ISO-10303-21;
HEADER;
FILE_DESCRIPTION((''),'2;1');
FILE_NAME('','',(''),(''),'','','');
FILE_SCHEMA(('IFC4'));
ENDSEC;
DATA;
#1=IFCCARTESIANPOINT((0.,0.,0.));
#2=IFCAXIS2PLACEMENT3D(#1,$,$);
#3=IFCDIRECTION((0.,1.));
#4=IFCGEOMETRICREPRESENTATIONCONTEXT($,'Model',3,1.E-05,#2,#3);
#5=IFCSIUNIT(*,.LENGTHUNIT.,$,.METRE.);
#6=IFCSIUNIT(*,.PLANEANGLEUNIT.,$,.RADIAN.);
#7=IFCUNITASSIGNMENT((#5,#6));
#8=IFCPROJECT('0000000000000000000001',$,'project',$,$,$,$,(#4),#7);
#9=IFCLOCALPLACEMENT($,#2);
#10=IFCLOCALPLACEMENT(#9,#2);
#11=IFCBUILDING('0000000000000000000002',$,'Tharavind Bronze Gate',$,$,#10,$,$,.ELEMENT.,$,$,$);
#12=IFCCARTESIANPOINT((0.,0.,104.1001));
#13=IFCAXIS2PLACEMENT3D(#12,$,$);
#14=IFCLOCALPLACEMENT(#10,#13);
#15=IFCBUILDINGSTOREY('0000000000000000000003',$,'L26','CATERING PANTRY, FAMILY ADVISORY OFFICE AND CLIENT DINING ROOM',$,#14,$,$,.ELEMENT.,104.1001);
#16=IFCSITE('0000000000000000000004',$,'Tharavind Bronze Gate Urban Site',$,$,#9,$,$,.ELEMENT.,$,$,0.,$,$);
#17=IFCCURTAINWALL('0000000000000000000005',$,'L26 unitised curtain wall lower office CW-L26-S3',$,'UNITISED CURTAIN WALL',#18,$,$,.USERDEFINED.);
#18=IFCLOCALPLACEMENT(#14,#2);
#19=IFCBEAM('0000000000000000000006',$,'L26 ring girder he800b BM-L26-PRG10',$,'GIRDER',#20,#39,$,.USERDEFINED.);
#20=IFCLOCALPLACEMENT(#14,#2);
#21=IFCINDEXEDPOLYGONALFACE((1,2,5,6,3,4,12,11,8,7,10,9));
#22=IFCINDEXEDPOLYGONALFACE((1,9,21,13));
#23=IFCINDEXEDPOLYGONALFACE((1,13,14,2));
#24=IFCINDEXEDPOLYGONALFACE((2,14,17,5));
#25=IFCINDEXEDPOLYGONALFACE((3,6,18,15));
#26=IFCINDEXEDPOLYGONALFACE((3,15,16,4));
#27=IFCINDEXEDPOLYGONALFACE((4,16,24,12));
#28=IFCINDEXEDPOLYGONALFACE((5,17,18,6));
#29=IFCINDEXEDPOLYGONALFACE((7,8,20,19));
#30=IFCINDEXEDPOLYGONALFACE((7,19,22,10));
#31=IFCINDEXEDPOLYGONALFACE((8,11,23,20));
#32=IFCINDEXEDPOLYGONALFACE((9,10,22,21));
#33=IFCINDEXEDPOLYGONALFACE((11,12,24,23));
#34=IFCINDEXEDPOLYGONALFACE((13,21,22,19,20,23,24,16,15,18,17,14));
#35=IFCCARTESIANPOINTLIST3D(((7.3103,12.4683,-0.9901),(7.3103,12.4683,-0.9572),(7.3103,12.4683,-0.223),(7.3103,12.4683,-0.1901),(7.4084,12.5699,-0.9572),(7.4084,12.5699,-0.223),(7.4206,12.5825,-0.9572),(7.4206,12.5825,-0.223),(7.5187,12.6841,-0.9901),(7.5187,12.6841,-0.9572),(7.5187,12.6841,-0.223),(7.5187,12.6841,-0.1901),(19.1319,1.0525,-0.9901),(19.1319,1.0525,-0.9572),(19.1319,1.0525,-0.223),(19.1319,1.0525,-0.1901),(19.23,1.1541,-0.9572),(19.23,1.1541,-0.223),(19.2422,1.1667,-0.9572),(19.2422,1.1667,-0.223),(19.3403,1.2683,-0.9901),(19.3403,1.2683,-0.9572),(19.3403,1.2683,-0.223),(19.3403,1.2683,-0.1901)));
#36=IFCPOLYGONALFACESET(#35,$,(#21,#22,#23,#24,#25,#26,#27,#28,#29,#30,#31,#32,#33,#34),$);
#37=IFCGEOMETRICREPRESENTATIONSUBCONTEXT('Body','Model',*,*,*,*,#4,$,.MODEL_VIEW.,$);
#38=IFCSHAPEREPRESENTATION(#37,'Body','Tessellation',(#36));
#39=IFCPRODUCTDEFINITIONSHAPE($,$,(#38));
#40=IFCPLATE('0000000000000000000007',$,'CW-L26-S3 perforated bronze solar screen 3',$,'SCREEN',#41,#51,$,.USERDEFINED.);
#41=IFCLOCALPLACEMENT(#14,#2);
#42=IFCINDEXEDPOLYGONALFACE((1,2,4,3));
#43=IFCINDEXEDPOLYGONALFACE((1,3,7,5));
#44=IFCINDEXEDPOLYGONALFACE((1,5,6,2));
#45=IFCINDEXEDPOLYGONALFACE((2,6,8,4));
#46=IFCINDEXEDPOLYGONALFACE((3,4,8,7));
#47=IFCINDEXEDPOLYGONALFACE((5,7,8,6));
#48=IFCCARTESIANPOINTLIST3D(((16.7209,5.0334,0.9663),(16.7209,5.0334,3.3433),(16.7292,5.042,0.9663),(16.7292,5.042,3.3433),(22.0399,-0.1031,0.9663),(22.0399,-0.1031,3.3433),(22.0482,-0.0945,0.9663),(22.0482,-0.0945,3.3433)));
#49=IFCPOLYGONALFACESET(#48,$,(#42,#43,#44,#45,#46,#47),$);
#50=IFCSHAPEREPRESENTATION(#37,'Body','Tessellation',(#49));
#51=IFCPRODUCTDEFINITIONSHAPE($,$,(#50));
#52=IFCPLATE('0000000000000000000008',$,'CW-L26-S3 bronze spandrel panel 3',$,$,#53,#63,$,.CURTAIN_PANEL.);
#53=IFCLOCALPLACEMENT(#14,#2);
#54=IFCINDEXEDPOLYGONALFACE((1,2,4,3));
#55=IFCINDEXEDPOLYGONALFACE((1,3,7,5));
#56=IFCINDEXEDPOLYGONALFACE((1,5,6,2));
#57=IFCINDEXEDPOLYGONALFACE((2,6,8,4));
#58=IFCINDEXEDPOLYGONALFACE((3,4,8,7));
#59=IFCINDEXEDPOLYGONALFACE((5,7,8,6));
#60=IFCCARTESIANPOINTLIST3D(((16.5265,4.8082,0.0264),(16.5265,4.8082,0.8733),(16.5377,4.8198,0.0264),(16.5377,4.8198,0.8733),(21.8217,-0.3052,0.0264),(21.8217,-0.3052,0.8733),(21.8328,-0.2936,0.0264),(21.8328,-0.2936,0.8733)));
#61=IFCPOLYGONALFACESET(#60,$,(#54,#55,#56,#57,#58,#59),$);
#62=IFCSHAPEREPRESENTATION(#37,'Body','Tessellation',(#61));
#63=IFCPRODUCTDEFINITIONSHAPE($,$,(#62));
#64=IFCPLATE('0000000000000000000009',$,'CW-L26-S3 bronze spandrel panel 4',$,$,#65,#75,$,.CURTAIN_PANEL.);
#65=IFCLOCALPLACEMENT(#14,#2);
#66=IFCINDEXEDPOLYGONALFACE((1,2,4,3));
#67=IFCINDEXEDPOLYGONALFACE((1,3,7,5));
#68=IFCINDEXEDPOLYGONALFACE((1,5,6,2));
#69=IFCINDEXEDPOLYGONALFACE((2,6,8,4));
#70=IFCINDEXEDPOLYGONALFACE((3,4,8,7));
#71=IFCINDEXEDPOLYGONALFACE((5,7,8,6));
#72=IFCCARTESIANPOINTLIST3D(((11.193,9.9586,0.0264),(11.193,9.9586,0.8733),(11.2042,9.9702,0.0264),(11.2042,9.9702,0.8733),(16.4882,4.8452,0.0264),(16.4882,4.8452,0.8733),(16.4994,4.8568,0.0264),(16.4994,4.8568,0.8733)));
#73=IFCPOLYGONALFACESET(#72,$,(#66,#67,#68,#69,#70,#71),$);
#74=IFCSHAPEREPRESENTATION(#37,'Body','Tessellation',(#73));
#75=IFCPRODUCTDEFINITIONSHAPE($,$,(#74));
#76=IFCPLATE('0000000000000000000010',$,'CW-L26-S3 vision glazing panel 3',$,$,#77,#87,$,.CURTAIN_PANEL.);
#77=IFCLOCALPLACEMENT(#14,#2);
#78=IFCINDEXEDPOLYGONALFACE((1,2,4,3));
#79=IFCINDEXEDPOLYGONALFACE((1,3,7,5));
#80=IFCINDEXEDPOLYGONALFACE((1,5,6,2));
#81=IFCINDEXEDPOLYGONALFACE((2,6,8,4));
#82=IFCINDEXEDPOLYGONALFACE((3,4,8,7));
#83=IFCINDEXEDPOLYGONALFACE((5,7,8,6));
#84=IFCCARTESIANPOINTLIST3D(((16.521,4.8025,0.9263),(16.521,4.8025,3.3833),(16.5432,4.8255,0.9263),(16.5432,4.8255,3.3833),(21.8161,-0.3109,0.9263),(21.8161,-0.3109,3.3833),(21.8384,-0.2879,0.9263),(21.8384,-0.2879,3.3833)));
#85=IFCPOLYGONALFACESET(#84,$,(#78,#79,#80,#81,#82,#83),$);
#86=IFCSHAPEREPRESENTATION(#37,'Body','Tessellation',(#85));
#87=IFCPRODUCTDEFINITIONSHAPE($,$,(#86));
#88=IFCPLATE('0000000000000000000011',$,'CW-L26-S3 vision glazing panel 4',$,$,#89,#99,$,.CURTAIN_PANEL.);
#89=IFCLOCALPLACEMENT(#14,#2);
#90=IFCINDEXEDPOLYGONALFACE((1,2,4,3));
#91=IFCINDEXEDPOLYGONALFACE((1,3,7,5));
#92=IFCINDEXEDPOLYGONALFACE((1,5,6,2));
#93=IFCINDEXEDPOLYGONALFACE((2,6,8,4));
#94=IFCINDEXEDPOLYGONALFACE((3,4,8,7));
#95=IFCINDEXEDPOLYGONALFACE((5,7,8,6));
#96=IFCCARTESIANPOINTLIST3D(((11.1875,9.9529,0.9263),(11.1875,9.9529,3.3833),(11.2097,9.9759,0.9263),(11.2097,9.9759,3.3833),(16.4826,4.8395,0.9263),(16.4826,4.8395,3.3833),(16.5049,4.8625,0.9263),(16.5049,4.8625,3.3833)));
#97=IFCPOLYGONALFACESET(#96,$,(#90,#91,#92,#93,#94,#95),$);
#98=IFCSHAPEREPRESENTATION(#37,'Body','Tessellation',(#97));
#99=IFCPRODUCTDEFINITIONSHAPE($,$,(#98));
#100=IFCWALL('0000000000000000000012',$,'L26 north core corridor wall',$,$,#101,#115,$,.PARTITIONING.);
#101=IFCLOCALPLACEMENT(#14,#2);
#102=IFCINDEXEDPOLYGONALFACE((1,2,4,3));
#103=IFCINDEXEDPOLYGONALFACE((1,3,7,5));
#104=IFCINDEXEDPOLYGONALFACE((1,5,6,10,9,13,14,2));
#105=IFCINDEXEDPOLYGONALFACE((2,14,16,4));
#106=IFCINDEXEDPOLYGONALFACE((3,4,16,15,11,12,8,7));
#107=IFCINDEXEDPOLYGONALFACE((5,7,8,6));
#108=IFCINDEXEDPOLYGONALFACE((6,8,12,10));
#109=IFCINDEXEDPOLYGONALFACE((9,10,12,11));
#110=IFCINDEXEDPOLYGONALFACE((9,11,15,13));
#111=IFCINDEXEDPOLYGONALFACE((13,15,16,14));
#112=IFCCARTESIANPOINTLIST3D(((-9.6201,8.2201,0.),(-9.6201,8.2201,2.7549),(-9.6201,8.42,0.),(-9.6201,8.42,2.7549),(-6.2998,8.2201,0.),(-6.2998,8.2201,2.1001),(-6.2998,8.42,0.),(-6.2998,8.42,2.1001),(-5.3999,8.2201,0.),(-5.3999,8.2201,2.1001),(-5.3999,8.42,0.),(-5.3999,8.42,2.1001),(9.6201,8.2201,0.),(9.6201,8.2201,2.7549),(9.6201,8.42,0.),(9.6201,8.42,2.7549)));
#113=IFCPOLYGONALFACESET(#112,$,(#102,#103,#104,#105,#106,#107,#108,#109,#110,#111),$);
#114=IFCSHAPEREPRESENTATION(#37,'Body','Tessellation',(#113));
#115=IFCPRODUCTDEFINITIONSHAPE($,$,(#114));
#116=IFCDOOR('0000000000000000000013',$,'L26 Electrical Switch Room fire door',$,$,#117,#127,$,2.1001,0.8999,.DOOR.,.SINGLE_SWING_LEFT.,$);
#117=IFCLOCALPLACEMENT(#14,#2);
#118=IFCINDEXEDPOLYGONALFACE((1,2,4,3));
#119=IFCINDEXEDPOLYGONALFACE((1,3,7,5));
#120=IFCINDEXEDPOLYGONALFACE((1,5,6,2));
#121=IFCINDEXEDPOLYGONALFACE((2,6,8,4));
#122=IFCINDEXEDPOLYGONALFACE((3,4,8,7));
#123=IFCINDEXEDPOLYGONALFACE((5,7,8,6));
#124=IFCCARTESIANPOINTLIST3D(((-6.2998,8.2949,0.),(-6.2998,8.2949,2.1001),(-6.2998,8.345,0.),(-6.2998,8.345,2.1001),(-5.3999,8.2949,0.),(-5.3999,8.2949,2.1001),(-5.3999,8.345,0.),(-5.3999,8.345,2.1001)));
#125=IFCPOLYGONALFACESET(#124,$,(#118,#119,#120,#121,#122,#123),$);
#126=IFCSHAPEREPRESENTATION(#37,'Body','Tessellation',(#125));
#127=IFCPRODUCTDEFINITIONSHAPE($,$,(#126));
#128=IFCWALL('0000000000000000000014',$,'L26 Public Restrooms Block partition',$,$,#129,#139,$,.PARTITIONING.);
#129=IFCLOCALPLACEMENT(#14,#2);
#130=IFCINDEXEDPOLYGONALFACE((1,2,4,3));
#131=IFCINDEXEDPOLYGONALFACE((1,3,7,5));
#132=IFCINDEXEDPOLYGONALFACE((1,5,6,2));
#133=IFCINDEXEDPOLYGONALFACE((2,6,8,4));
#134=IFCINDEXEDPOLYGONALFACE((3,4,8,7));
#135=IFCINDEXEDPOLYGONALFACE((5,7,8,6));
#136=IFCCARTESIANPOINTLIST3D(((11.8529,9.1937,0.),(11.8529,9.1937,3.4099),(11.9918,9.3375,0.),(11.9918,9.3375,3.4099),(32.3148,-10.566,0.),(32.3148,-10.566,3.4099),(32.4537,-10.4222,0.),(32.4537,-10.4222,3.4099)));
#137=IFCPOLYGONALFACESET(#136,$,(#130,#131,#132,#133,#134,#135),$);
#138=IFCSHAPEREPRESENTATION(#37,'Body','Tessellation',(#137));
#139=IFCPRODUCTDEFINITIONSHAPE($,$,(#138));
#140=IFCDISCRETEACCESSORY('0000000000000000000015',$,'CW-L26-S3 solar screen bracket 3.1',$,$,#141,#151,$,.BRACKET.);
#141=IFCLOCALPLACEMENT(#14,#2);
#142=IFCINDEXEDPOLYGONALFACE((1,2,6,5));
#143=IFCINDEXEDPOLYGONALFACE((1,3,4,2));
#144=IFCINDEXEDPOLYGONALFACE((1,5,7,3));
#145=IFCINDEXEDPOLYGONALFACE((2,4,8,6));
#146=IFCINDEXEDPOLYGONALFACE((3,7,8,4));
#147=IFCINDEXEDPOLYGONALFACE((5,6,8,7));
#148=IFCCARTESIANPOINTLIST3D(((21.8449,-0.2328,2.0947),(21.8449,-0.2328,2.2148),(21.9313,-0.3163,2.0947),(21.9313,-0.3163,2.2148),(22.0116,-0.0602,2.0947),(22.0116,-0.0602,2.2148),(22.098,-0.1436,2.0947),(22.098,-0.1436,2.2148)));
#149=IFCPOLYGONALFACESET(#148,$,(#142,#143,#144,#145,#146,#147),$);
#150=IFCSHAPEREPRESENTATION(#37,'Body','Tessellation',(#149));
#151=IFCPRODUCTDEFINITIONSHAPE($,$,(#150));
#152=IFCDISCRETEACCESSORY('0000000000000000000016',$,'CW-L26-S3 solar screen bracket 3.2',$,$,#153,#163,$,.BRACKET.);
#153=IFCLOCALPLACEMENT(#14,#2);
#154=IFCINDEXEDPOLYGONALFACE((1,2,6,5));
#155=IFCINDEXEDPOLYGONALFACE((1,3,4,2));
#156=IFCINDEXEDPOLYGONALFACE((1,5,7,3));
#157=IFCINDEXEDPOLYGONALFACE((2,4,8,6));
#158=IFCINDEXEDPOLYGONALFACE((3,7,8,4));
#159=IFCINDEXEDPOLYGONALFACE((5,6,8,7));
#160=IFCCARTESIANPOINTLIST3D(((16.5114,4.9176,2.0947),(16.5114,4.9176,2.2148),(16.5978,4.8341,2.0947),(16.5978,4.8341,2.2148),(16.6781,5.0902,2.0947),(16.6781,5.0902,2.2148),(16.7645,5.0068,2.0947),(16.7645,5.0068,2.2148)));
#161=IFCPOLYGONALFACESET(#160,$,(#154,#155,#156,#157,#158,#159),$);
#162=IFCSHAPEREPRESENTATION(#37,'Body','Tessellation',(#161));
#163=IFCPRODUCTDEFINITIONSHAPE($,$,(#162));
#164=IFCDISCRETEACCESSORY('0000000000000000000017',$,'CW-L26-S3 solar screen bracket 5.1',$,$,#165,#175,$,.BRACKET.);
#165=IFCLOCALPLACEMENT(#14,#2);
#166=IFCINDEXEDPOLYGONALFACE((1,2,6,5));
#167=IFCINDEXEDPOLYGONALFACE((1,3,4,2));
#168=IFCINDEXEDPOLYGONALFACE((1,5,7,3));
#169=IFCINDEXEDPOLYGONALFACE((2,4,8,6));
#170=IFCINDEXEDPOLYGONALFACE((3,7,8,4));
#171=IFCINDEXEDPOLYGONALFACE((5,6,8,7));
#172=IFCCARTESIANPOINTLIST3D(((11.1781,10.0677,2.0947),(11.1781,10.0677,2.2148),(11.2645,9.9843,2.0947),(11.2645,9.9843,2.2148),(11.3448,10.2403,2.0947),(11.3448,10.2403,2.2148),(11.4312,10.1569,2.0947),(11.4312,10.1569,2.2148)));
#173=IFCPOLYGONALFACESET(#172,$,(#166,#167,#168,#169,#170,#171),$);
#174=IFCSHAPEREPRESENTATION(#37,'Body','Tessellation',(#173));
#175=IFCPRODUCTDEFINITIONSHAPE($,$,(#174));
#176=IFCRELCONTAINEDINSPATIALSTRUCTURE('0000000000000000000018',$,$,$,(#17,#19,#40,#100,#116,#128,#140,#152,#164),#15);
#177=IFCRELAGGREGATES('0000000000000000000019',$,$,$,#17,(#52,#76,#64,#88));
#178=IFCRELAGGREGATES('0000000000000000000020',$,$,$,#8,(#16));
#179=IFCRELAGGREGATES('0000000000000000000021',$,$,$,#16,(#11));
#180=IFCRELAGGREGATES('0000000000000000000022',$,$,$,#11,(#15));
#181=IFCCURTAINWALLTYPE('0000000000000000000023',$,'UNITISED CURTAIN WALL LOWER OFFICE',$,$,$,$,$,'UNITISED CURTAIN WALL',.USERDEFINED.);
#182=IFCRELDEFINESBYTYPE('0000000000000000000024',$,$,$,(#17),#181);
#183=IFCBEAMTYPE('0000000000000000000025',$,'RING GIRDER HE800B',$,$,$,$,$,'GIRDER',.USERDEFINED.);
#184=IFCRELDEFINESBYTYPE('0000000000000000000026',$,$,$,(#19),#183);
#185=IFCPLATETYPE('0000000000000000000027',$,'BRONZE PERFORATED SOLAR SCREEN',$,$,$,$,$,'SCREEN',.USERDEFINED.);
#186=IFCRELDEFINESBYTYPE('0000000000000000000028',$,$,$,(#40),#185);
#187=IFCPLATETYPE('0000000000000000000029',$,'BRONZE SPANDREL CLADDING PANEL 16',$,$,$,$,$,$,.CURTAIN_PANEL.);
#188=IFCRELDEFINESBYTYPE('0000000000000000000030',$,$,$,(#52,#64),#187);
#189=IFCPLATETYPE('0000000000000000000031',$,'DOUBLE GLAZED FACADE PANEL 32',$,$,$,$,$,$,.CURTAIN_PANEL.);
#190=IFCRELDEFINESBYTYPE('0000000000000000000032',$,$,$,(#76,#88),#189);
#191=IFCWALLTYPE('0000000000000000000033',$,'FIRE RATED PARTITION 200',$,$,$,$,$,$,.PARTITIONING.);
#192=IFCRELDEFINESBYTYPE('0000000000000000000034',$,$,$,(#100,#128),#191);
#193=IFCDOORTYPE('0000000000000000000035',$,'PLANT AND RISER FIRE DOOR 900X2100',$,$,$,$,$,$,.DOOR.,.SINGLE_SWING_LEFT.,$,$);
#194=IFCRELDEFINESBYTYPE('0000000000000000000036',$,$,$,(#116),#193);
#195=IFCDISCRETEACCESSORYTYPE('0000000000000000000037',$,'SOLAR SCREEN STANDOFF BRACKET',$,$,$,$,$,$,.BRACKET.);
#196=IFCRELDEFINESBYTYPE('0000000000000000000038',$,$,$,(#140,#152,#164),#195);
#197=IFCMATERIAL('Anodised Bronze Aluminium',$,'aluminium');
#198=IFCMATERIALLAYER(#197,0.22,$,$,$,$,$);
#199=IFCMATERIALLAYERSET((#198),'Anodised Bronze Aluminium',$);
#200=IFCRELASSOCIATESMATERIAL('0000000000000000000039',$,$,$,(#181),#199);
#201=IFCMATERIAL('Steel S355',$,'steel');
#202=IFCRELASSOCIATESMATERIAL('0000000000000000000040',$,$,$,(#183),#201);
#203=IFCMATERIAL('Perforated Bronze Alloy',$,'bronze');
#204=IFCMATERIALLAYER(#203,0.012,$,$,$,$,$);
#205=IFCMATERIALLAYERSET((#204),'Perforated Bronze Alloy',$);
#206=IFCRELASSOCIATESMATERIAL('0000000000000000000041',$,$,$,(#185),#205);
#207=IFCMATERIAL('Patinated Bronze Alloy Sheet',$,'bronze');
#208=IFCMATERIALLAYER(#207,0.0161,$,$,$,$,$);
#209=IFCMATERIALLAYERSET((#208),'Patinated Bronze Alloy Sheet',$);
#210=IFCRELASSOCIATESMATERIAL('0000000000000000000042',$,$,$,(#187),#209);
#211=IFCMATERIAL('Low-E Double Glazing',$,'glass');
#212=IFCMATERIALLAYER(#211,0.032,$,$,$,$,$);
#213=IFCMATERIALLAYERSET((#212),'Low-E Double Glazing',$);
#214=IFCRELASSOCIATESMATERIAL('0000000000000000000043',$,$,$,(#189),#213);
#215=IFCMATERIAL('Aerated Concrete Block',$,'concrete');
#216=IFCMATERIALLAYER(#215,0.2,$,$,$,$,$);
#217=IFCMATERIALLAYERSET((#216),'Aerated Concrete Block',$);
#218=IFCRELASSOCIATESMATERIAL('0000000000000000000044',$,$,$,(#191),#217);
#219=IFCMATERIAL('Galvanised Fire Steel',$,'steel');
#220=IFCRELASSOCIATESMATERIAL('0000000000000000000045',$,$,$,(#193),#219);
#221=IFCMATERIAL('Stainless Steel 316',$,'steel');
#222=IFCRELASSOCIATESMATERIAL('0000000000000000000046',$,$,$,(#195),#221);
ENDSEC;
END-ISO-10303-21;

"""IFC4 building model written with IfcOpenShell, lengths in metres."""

from ifc_helpers import new_model, si_unit, direction, frame, frame_2d, origin, origin_2d, place, context, subcontext, project, spatial, rectangle, i_section, extrude, material, layer, layer_set, material_profile, profile_set, type_object, element, fill, aggregate, save


model = new_model("IFC4")

# Units and contexts
model_context = context("Model", 3, precision=1e-05, world=origin(), true_north=direction((0.0, 1.0)))
body_context = subcontext(model_context, "Body", "Model", "MODEL_VIEW")
ifc_project = project(units=[si_unit("LENGTHUNIT", "METRE"), si_unit("PLANEANGLEUNIT", "RADIAN")], contexts=[model_context])

# Site, building, storey
site_placement = place(None, origin())
site = spatial("IfcSite", under=ifc_project, at=site_placement, Name="Tharavind Bronze Gate Urban Site", CompositionType="ELEMENT", RefElevation=0.0)
building_placement = place(site_placement, origin())
building = spatial("IfcBuilding", under=site, at=building_placement, Name="Tharavind Bronze Gate", CompositionType="ELEMENT")
storey_placement = place(building_placement, frame((0.0, 0.0, 104.1001)))
storey = spatial("IfcBuildingStorey", under=building, at=storey_placement, Name="L26", Description="CATERING PANTRY, FAMILY ADVISORY OFFICE AND CLIENT DINING ROOM", CompositionType="ELEMENT", Elevation=104.1001)

# Curtain wall
ifc_material_1 = material(Name="Anodised Bronze Aluminium", Category="aluminium")
ifc_layer_1 = layer(ifc_material_1, 0.22)
ifc_layer_set_1 = layer_set([ifc_layer_1], Name="Anodised Bronze Aluminium")
curtain_wall_type = type_object("IfcCurtainWallType", Name="UNITISED CURTAIN WALL LOWER OFFICE", ElementType="UNITISED CURTAIN WALL", PredefinedType="USERDEFINED", material=ifc_layer_set_1)
curtain_wall_placement = place(storey_placement, origin())
curtain_wall = element("IfcCurtainWall", 1, at=curtain_wall_placement, inside=storey, type_object=curtain_wall_type, Name="L26 unitised curtain wall lower office CW-L26-S3", ObjectType="UNITISED CURTAIN WALL", PredefinedType="USERDEFINED")

# Beam
ifc_material_2 = material(Name="Steel S355", Category="steel")
ifc_material_profile_1 = material_profile(ifc_material_2, i_section(OverallWidth=0.3, OverallDepth=0.8, WebThickness=0.0176, FlangeThickness=0.033, at=origin_2d()), Name="HE800B")
ifc_profile_set_1 = profile_set([ifc_material_profile_1], Name="Steel S355")
beam_type_1 = type_object("IfcBeamType", Name="RING GIRDER HE800B", ElementType="GIRDER", PredefinedType="USERDEFINED", material=ifc_profile_set_1)
beam_1_placement = place(storey_placement, frame((19.2361, 1.1604, -0.5901), z_axis=(-0.719344, 0.694654, 0.0), x_axis=(-0.694654, -0.719344, 0.0)))
element("IfcBeam", 2, at=beam_1_placement, inside=storey, type_object=beam_type_1, Name="L26 ring girder he800b BM-L26-PRG10", ObjectType="GIRDER", PredefinedType="USERDEFINED", context=body_context, shape_type="SweptSolid", body=[
    extrude(i_section(OverallWidth=0.3, OverallDepth=0.8, WebThickness=0.0176, FlangeThickness=0.033, at=origin_2d()), origin(), (0.0, 0.0, 1.0), 16.4338),
])

# Plates
ifc_material_3 = material(Name="Perforated Bronze Alloy", Category="bronze")
ifc_layer_2 = layer(ifc_material_3, 0.012)
ifc_layer_set_2 = layer_set([ifc_layer_2], Name="Perforated Bronze Alloy")
plate_type_1 = type_object("IfcPlateType", Name="BRONZE PERFORATED SOLAR SCREEN", ElementType="SCREEN", PredefinedType="USERDEFINED", material=ifc_layer_set_2)
plate_1_placement = place(storey_placement, frame((19.3845, 2.4695, 0.9663), z_axis=(0.0, 0.0, 1.0), x_axis=(-0.719341, 0.694657, 0.0)))
element("IfcPlate", 3, at=plate_1_placement, inside=storey, type_object=plate_type_1, Name="CW-L26-S3 perforated bronze solar screen 3", ObjectType="SCREEN", PredefinedType="USERDEFINED", context=body_context, shape_type="SweptSolid", body=[
    extrude(rectangle(XDim=7.3943, YDim=0.012, at=origin_2d()), origin(), (0.0, 0.0, 1.0), 2.377),
])
ifc_material_4 = material(Name="Patinated Bronze Alloy Sheet", Category="bronze")
ifc_layer_3 = layer(ifc_material_4, 0.0161)
ifc_layer_set_3 = layer_set([ifc_layer_3], Name="Patinated Bronze Alloy Sheet")
plate_type_2 = type_object("IfcPlateType", Name="BRONZE SPANDREL CLADDING PANEL 16", PredefinedType="CURTAIN_PANEL", material=ifc_layer_set_3)
plate_2_placement = place(storey_placement, frame((19.1797, 2.2573, 0.0264), z_axis=(0.0, 0.0, 1.0), x_axis=(-0.719341, 0.694657, 0.0)))
plate_2 = element("IfcPlate", 4, at=plate_2_placement, type_object=plate_type_2, Name="CW-L26-S3 bronze spandrel panel 3", PredefinedType="CURTAIN_PANEL", context=body_context, shape_type="SweptSolid", body=[
    extrude(rectangle(XDim=7.3611, YDim=0.0161, at=origin_2d()), origin(), (0.0, 0.0, 1.0), 0.8469),
])
plate_3_placement = place(storey_placement, frame((13.8462, 7.4077, 0.0264), z_axis=(0.0, 0.0, 1.0), x_axis=(-0.719341, 0.694657, 0.0)))
plate_3 = element("IfcPlate", 5, at=plate_3_placement, type_object=plate_type_2, Name="CW-L26-S3 bronze spandrel panel 4", PredefinedType="CURTAIN_PANEL", context=body_context, shape_type="SweptSolid", body=[
    extrude(rectangle(XDim=7.3611, YDim=0.0161, at=origin_2d()), origin(), (0.0, 0.0, 1.0), 0.8469),
])
ifc_material_5 = material(Name="Low-E Double Glazing", Category="glass")
ifc_layer_4 = layer(ifc_material_5, 0.032)
ifc_layer_set_4 = layer_set([ifc_layer_4], Name="Low-E Double Glazing")
plate_type_3 = type_object("IfcPlateType", Name="DOUBLE GLAZED FACADE PANEL 32", PredefinedType="CURTAIN_PANEL", material=ifc_layer_set_4)
plate_4_placement = place(storey_placement, frame((19.1797, 2.2573, 0.9263), z_axis=(0.0, 0.0, 1.0), x_axis=(-0.719341, 0.694657, 0.0)))
plate_4 = element("IfcPlate", 6, at=plate_4_placement, type_object=plate_type_3, Name="CW-L26-S3 vision glazing panel 3", PredefinedType="CURTAIN_PANEL", context=body_context, shape_type="SweptSolid", body=[
    extrude(rectangle(XDim=7.3611, YDim=0.032, at=origin_2d()), origin(), (0.0, 0.0, 1.0), 2.457),
])
plate_5_placement = place(storey_placement, frame((13.8462, 7.4077, 0.9263), z_axis=(0.0, 0.0, 1.0), x_axis=(-0.719341, 0.694657, 0.0)))
plate_5 = element("IfcPlate", 7, at=plate_5_placement, type_object=plate_type_3, Name="CW-L26-S3 vision glazing panel 4", PredefinedType="CURTAIN_PANEL", context=body_context, shape_type="SweptSolid", body=[
    extrude(rectangle(XDim=7.3611, YDim=0.032, at=origin_2d()), origin(), (0.0, 0.0, 1.0), 2.457),
])
aggregate(curtain_wall, [plate_2, plate_4, plate_3, plate_5])

# Wall, opening, door
ifc_material_6 = material(Name="Aerated Concrete Block", Category="concrete")
ifc_layer_5 = layer(ifc_material_6, 0.2)
ifc_layer_set_5 = layer_set([ifc_layer_5], Name="Aerated Concrete Block")
wall_type = type_object("IfcWallType", Name="FIRE RATED PARTITION 200", PredefinedType="PARTITIONING", material=ifc_layer_set_5)
wall_1_placement = place(storey_placement, frame((9.6201, 8.3201, 0.0), z_axis=(0.0, 0.0, 1.0), x_axis=(-1.0, 0.0, 0.0)))
wall_1 = element("IfcWall", 8, at=wall_1_placement, inside=storey, type_object=wall_type, Name="L26 north core corridor wall", PredefinedType="PARTITIONING", context=body_context, shape_type="SweptSolid", body=[
    extrude(rectangle(XDim=19.2402, YDim=0.2, at=frame_2d((9.6201, 0.0))), origin(), (0.0, 0.0, 1.0), 2.7549),
])
opening_placement = place(wall_1_placement, frame((15.02, 0.0, 0.0)))
opening = element("IfcOpeningElement", 9, at=opening_placement, cuts=wall_1, PredefinedType="OPENING", context=body_context, shape_type="SweptSolid", body=[
    extrude(rectangle(XDim=0.8999, YDim=2.1001, at=frame_2d((0.45, 1.05))), frame((0.0, 0.1101, 0.0), z_axis=(0.0, -1.0, 0.0), x_axis=(1.0, 0.0, 0.0)), (0.0, 0.0, 1.0), 0.22),
])
ifc_material_7 = material(Name="Galvanised Fire Steel", Category="steel")
door_type = type_object("IfcDoorType", Name="PLANT AND RISER FIRE DOOR 900X2100", OperationType="SINGLE_SWING_LEFT", PredefinedType="DOOR", material=ifc_material_7)
door_placement = place(opening_placement, frame((0.8999, 0.0, 0.0), z_axis=(0.0, 0.0, 1.0), x_axis=(-1.0, 0.0, 0.0)))
door = element("IfcDoor", 10, at=door_placement, inside=storey, type_object=door_type, Name="L26 Electrical Switch Room fire door", OperationType="SINGLE_SWING_LEFT", OverallHeight=2.1001, OverallWidth=0.8999, PredefinedType="DOOR", context=body_context, shape_type="SweptSolid", body=[
    extrude(rectangle(XDim=0.8999, YDim=2.1001, at=frame_2d((0.45, 1.05))), frame((0.0, 0.0249, 0.0), z_axis=(0.0, -1.0, 0.0), x_axis=(1.0, 0.0, 0.0)), (0.0, 0.0, 1.0), 0.05),
])
fill(opening, door)

# Wall
wall_2_placement = place(storey_placement, frame((11.9224, 9.2656, 0.0), z_axis=(0.0, 0.0, 1.0), x_axis=(0.719341, -0.694657, 0.0)))
element("IfcWall", 11, at=wall_2_placement, inside=storey, type_object=wall_type, Name="L26 Public Restrooms Block partition", PredefinedType="PARTITIONING", context=body_context, shape_type="SweptSolid", body=[
    extrude(rectangle(XDim=28.4453, YDim=0.2, at=frame_2d((14.2227, 0.0))), origin(), (0.0, 0.0, 1.0), 3.4099),
])

# Discrete accessories
ifc_material_8 = material(Name="Stainless Steel 316", Category="steel")
discrete_accessory_type = type_object("IfcDiscreteAccessoryType", Name="SOLAR SCREEN STANDOFF BRACKET", PredefinedType="BRACKET", material=ifc_material_8)
for number, where, z_axis, x_axis, name in (
    (12, (21.9714, -0.1882, 2.0947), (0.0, 0.0, 1.0), (-0.719341, 0.694657, 0.0), "CW-L26-S3 solar screen bracket 3.1"),
    (13, (16.6379, 4.9622, 2.0947), (0.0, 0.0, 1.0), (-0.719341, 0.694657, 0.0), "CW-L26-S3 solar screen bracket 3.2"),
    (14, (11.3047, 10.1123, 2.0947), (0.0, 0.0, 1.0), (-0.719341, 0.694657, 0.0), "CW-L26-S3 solar screen bracket 5.1"),
):
    element("IfcDiscreteAccessory", number, at=place(storey_placement, frame(where, z_axis=z_axis, x_axis=x_axis)), inside=storey, type_object=discrete_accessory_type, Name=name, PredefinedType="BRACKET", context=body_context, shape_type="SweptSolid", body=[
        extrude(rectangle(XDim=0.1201, YDim=0.24, at=origin_2d()), origin(), (0.0, 0.0, 1.0), 0.1201),
    ])

save(model, "model.ifc")
